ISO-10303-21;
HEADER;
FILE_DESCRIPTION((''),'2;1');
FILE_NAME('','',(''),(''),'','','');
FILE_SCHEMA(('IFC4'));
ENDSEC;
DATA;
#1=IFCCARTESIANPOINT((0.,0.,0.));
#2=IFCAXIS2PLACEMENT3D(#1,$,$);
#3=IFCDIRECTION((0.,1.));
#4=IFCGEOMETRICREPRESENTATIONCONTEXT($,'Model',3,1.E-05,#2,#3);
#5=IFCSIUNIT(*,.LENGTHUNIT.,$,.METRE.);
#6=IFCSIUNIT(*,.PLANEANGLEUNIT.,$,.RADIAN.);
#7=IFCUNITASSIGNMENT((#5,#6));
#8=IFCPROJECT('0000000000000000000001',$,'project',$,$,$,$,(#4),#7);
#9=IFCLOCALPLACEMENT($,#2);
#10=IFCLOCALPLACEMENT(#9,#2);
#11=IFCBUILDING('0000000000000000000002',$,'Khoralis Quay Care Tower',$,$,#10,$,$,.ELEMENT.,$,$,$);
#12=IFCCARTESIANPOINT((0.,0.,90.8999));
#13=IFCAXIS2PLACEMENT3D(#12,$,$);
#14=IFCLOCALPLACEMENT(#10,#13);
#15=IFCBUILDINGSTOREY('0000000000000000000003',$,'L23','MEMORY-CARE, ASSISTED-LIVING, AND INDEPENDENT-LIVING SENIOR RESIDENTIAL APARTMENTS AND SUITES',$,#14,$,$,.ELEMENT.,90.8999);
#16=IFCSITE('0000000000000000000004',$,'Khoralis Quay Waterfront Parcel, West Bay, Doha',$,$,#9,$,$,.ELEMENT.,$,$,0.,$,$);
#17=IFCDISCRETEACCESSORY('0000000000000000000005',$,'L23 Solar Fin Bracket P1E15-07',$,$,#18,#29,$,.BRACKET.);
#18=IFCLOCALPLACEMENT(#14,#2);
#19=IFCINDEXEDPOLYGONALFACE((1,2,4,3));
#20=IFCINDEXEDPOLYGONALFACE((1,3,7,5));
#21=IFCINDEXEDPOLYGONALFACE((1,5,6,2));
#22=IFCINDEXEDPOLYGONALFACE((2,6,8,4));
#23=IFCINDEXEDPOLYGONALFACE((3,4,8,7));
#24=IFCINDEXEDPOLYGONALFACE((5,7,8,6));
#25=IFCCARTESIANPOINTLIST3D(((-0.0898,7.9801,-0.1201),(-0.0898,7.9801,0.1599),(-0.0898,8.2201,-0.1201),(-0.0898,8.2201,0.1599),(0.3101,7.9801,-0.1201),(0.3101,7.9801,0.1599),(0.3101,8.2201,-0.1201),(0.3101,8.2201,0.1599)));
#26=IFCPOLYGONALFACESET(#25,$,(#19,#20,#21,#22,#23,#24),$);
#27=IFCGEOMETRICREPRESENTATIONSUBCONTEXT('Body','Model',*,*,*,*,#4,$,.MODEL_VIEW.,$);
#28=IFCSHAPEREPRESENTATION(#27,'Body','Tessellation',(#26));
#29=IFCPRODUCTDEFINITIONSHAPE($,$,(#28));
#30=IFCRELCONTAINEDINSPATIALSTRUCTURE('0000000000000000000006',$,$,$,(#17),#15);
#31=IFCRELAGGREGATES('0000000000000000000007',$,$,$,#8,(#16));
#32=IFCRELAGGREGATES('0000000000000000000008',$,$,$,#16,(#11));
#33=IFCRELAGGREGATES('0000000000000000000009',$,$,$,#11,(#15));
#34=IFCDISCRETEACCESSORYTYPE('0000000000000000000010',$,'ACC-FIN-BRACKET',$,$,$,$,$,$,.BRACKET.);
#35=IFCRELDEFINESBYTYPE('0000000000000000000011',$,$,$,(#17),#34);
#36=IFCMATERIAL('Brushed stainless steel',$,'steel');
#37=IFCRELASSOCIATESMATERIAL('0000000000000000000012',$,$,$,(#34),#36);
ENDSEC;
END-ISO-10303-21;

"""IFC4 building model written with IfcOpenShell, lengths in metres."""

from ifc_helpers import new_model, si_unit, direction, frame, origin, origin_2d, place, context, subcontext, project, spatial, rectangle, extrude, source, transform, mapped, material, type_object, element, save


model = new_model("IFC4")

# Units and contexts
model_context = context("Model", 3, precision=1e-05, world=origin(), true_north=direction((0.0, 1.0)))
body_context = subcontext(model_context, "Body", "Model", "MODEL_VIEW")
ifc_project = project(units=[si_unit("LENGTHUNIT", "METRE"), si_unit("PLANEANGLEUNIT", "RADIAN")], contexts=[model_context])

# Site, building, storey
site_placement = place(None, origin())
site = spatial("IfcSite", under=ifc_project, at=site_placement, Name="Khoralis Quay Waterfront Parcel, West Bay, Doha", CompositionType="ELEMENT", RefElevation=0.0)
building_placement = place(site_placement, origin())
building = spatial("IfcBuilding", under=site, at=building_placement, Name="Khoralis Quay Care Tower", CompositionType="ELEMENT")
storey_placement = place(building_placement, frame((0.0, 0.0, 90.8999)))
storey = spatial("IfcBuildingStorey", under=building, at=storey_placement, Name="L23", Description="MEMORY-CARE, ASSISTED-LIVING, AND INDEPENDENT-LIVING SENIOR RESIDENTIAL APARTMENTS AND SUITES", CompositionType="ELEMENT", Elevation=90.8999)

# Discrete accessory
ifc_material_1 = material(Name="Brushed stainless steel", Category="steel")
discrete_accessory_type = type_object("IfcDiscreteAccessoryType", Name="ACC-FIN-BRACKET", PredefinedType="BRACKET", material=ifc_material_1)
shared_shape_1 = source(origin(), body_context, "Body", "SweptSolid", [
    extrude(rectangle(XDim=0.3999, YDim=0.24, at=origin_2d()), origin(), (0.0, 0.0, 1.0), 0.28),
])
for number, where, z_axis, x_axis, name in (
    (1, (0.1101, 8.1001, -0.1201), (0.0, 0.0, 1.0), (-1.0, 0.0, 0.0), "L23 Solar Fin Bracket P1E15-07"),
):
    element("IfcDiscreteAccessory", number, at=place(storey_placement, frame(where, z_axis=z_axis, x_axis=x_axis)), inside=storey, type_object=discrete_accessory_type, Name=name, PredefinedType="BRACKET", context=body_context, shape_type="MappedRepresentation", body=[
        mapped(shared_shape_1, transform((0.0, 0.0, 0.0), scale=1.0)),
    ])

save(model, "model.ifc")
